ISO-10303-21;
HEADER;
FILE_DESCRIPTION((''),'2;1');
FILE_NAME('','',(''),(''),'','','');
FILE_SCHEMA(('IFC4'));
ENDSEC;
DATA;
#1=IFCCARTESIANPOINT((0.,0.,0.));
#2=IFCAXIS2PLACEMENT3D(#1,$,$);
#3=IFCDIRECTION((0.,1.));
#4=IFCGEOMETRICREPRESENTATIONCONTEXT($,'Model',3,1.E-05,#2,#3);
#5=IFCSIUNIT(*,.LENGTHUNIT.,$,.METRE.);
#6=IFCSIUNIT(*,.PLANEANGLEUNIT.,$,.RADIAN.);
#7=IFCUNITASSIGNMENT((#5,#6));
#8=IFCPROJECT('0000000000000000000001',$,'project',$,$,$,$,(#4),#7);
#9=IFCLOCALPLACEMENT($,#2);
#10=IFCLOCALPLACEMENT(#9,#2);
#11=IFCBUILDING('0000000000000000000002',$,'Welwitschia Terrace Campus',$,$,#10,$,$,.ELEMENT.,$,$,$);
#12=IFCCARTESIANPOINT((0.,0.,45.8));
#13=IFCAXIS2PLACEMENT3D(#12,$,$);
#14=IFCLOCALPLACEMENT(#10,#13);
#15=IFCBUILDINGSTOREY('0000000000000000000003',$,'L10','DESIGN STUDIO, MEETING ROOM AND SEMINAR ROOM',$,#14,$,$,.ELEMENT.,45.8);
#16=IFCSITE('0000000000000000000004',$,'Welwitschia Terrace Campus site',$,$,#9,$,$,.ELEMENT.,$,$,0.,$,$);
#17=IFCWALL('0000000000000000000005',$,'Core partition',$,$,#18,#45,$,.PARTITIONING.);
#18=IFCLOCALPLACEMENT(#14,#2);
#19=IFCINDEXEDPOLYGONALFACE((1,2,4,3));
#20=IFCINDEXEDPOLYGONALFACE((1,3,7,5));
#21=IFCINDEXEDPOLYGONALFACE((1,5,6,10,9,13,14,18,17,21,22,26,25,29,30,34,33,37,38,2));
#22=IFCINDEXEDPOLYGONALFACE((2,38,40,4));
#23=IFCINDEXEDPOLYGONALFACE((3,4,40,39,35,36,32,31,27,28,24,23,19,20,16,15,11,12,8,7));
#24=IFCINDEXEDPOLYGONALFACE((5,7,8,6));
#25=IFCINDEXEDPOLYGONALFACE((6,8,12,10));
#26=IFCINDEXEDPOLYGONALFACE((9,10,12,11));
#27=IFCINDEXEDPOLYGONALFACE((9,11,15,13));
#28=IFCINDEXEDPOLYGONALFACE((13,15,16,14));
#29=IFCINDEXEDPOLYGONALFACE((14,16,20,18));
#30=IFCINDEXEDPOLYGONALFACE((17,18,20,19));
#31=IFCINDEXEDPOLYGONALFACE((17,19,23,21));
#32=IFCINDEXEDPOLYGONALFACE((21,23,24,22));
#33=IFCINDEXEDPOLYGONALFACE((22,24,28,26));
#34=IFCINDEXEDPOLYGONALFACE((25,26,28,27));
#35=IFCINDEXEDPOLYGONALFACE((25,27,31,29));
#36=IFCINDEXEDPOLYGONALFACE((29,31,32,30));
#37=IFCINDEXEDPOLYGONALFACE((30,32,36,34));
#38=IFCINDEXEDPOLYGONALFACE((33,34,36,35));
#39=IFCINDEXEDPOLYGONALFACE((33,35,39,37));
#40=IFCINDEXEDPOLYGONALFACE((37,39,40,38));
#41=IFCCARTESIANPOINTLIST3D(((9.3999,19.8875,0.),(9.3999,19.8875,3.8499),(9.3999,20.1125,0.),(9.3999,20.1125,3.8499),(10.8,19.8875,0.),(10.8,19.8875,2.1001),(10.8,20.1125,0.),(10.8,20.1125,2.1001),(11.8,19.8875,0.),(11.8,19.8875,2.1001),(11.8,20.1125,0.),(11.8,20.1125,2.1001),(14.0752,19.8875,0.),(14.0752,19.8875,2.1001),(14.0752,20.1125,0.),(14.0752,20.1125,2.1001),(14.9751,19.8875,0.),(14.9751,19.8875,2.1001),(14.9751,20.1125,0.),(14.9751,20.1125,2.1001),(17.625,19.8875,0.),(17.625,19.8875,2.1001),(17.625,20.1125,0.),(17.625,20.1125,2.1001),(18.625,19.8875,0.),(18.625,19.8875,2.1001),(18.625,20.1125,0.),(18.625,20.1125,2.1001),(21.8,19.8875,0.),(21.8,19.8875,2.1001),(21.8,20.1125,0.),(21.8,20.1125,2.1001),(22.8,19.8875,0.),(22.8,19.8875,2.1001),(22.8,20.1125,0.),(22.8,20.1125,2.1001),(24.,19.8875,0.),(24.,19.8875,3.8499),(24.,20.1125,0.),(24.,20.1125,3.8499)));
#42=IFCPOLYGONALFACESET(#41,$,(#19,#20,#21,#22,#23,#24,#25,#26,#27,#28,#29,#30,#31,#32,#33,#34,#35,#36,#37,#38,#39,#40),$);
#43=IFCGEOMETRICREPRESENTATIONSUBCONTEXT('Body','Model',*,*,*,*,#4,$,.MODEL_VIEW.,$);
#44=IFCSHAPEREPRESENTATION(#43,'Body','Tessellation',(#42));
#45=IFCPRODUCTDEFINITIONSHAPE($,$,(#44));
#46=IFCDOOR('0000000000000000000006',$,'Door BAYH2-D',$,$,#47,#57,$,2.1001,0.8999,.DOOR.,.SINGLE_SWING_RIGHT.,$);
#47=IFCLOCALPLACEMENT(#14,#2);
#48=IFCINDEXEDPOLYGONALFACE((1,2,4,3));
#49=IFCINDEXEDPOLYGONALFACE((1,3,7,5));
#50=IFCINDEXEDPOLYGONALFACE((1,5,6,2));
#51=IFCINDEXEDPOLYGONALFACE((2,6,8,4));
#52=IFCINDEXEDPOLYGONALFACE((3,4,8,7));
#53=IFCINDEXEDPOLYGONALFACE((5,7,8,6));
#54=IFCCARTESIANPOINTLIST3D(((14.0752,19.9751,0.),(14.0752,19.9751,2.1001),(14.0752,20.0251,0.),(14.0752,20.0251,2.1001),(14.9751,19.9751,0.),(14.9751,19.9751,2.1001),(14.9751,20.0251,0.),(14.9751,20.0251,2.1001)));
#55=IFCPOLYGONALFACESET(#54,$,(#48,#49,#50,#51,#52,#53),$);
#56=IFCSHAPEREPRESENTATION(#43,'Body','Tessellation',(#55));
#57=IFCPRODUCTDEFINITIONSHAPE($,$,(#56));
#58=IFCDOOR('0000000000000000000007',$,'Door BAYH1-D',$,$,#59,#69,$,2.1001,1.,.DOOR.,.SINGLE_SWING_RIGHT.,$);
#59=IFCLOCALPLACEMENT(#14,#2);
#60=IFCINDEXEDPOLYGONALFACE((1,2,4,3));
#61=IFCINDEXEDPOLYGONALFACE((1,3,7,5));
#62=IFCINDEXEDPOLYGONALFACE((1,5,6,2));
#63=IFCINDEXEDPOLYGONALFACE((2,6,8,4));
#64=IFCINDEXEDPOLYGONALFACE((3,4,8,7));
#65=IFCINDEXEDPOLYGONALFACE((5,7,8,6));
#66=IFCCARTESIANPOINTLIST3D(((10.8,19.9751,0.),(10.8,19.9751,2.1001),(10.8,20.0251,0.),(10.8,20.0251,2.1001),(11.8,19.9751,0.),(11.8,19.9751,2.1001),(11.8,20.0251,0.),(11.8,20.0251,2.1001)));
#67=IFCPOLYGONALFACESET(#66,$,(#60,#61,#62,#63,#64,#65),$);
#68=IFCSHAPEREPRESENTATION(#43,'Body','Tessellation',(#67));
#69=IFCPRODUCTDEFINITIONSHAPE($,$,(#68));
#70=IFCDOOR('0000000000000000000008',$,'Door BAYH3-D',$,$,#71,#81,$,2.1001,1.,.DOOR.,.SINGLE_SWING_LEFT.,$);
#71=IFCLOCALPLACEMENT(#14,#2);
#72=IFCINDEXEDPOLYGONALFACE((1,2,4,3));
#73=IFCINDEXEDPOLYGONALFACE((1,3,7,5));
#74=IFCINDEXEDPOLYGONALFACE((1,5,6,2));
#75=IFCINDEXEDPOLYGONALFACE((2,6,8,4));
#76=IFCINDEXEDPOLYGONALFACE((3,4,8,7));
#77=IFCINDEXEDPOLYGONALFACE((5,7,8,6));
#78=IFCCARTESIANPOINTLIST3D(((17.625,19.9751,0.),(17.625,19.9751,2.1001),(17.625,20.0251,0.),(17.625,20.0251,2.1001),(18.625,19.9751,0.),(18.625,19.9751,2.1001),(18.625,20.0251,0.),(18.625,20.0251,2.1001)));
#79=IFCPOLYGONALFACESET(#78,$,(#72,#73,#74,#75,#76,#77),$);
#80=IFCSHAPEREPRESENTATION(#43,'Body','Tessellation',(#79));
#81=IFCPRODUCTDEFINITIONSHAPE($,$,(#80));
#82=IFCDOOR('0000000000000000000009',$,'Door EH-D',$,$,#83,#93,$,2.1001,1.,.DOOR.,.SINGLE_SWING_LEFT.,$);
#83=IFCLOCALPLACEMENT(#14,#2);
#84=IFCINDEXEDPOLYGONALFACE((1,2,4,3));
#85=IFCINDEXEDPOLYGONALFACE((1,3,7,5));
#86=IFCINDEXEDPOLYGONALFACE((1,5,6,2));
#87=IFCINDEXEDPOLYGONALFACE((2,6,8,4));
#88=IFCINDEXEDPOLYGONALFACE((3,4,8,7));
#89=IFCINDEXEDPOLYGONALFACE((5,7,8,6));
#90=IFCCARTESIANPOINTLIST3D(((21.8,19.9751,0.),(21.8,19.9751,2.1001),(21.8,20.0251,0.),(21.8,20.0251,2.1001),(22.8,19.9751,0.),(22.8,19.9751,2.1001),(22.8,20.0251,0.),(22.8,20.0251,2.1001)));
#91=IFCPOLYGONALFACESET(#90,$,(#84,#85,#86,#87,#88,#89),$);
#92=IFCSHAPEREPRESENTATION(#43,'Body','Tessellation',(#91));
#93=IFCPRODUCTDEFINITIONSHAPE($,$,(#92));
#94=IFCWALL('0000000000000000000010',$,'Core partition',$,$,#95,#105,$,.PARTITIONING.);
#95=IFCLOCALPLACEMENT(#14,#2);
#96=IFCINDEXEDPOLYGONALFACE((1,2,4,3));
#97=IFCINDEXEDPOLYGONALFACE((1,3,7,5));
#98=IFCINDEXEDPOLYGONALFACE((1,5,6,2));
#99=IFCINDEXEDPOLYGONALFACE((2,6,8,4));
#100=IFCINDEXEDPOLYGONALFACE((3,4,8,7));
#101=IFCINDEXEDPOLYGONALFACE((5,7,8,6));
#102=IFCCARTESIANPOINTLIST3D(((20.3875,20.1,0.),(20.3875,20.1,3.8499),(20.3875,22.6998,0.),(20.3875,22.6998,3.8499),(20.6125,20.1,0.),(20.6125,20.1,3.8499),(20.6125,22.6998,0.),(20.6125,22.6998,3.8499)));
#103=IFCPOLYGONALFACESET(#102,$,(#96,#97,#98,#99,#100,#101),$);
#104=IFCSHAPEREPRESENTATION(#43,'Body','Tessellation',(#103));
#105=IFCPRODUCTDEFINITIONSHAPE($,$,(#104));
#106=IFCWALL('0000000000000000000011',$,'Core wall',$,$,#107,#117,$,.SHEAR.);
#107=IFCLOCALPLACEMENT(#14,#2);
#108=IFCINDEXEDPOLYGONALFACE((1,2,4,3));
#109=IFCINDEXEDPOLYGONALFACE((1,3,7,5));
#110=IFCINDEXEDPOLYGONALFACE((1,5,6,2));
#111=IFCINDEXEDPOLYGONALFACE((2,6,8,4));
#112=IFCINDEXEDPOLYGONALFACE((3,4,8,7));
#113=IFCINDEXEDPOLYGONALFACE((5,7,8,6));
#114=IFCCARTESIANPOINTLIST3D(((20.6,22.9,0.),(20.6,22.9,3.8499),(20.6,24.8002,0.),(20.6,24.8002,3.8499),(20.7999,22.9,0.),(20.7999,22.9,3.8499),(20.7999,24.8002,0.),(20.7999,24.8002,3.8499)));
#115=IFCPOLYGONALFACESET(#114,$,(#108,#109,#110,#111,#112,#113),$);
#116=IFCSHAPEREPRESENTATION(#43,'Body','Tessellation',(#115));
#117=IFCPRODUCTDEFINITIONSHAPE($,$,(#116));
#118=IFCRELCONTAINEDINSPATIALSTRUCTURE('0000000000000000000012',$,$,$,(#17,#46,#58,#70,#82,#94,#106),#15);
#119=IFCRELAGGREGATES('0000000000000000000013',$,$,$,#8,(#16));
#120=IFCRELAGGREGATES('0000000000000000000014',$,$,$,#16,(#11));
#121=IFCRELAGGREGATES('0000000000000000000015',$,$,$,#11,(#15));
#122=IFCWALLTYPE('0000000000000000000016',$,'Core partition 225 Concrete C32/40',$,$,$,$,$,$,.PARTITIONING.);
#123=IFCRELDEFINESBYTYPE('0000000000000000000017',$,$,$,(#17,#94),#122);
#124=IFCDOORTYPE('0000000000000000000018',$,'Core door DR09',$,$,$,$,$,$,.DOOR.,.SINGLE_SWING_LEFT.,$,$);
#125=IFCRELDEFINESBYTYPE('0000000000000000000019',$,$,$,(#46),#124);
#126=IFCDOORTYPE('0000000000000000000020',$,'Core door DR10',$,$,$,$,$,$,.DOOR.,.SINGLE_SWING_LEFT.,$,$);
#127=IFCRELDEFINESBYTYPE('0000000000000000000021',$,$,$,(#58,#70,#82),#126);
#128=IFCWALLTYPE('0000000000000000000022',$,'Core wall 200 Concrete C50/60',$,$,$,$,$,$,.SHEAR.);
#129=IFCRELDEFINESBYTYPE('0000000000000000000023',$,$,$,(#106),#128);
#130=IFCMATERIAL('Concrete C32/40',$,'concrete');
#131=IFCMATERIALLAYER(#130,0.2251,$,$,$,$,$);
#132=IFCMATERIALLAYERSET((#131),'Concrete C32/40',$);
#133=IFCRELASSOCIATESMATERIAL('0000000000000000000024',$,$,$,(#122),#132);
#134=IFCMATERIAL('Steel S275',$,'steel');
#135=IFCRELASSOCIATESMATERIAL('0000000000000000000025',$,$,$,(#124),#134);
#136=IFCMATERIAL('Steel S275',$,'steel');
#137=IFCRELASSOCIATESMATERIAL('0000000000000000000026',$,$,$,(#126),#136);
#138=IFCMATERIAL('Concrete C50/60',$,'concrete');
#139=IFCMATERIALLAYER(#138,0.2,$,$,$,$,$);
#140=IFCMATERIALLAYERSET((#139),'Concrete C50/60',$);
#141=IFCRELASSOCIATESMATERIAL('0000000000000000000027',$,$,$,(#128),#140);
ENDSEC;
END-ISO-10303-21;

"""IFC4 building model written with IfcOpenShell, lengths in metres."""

from ifc_helpers import new_model, si_unit, direction, frame, frame_2d, origin, place, context, subcontext, project, spatial, rectangle, extrude, material, layer, layer_set, type_object, element, fill, save


model = new_model("IFC4")

# Units and contexts
model_context = context("Model", 3, precision=1e-05, world=origin(), true_north=direction((0.0, 1.0)))
body_context = subcontext(model_context, "Body", "Model", "MODEL_VIEW")
ifc_project = project(units=[si_unit("LENGTHUNIT", "METRE"), si_unit("PLANEANGLEUNIT", "RADIAN")], contexts=[model_context])

# Site, building, storey
site_placement = place(None, origin())
site = spatial("IfcSite", under=ifc_project, at=site_placement, Name="Welwitschia Terrace Campus site", CompositionType="ELEMENT", RefElevation=0.0)
building_placement = place(site_placement, origin())
building = spatial("IfcBuilding", under=site, at=building_placement, Name="Welwitschia Terrace Campus", CompositionType="ELEMENT")
storey_placement = place(building_placement, frame((0.0, 0.0, 45.8)))
storey = spatial("IfcBuildingStorey", under=building, at=storey_placement, Name="L10", Description="DESIGN STUDIO, MEETING ROOM AND SEMINAR ROOM", CompositionType="ELEMENT", Elevation=45.8)

# Wall, openings, doors
ifc_material_1 = material(Name="Concrete C32/40", Category="concrete")
ifc_layer_1 = layer(ifc_material_1, 0.2251)
ifc_layer_set_1 = layer_set([ifc_layer_1], Name="Concrete C32/40")
wall_type_1 = type_object("IfcWallType", Name="Core partition 225 Concrete C32/40", PredefinedType="PARTITIONING", material=ifc_layer_set_1)
wall_1_placement = place(storey_placement, frame((24.0, 20.0, 0.0), z_axis=(0.0, 0.0, 1.0), x_axis=(-1.0, 0.0, 0.0)))
wall_1 = element("IfcWall", 1, at=wall_1_placement, inside=storey, type_object=wall_type_1, Name="Core partition", PredefinedType="PARTITIONING", context=body_context, shape_type="SweptSolid", body=[
    extrude(rectangle(XDim=14.6001, YDim=0.2251, at=frame_2d((7.3, 0.0))), origin(), (0.0, 0.0, 1.0), 3.8499),
])
opening_1_placement = place(wall_1_placement, frame((12.2, 0.0, 0.0)))
opening_1 = element("IfcOpeningElement", 2, at=opening_1_placement, cuts=wall_1, PredefinedType="OPENING", context=body_context, shape_type="SweptSolid", body=[
    extrude(rectangle(XDim=1.0, YDim=2.1001, at=frame_2d((0.5, 1.05))), frame((0.0, 0.1226, 0.0), z_axis=(0.0, -1.0, 0.0), x_axis=(1.0, 0.0, 0.0)), (0.0, 0.0, 1.0), 0.2451),
])
opening_2_placement = place(wall_1_placement, frame((9.0249, 0.0, 0.0)))
opening_2 = element("IfcOpeningElement", 3, at=opening_2_placement, cuts=wall_1, PredefinedType="OPENING", context=body_context, shape_type="SweptSolid", body=[
    extrude(rectangle(XDim=0.8999, YDim=2.1001, at=frame_2d((0.45, 1.05))), frame((0.0, 0.1226, 0.0), z_axis=(0.0, -1.0, 0.0), x_axis=(1.0, 0.0, 0.0)), (0.0, 0.0, 1.0), 0.2451),
])
opening_3_placement = place(wall_1_placement, frame((5.375, 0.0, 0.0)))
opening_3 = element("IfcOpeningElement", 4, at=opening_3_placement, cuts=wall_1, PredefinedType="OPENING", context=body_context, shape_type="SweptSolid", body=[
    extrude(rectangle(XDim=1.0, YDim=2.1001, at=frame_2d((0.5, 1.05))), frame((0.0, 0.1226, 0.0), z_axis=(0.0, -1.0, 0.0), x_axis=(1.0, 0.0, 0.0)), (0.0, 0.0, 1.0), 0.2451),
])
opening_4_placement = place(wall_1_placement, frame((1.2, 0.0, 0.0)))
opening_4 = element("IfcOpeningElement", 5, at=opening_4_placement, cuts=wall_1, PredefinedType="OPENING", context=body_context, shape_type="SweptSolid", body=[
    extrude(rectangle(XDim=1.0, YDim=2.1001, at=frame_2d((0.5, 1.05))), frame((0.0, 0.1226, 0.0), z_axis=(0.0, -1.0, 0.0), x_axis=(1.0, 0.0, 0.0)), (0.0, 0.0, 1.0), 0.2451),
])
ifc_material_2 = material(Name="Steel S275", Category="steel")
door_type_1 = type_object("IfcDoorType", Name="Core door DR09", OperationType="SINGLE_SWING_LEFT", PredefinedType="DOOR", material=ifc_material_2)
door_1_placement = place(opening_2_placement, origin())
door_1 = element("IfcDoor", 6, at=door_1_placement, inside=storey, type_object=door_type_1, Name="Door BAYH2-D", OperationType="SINGLE_SWING_RIGHT", OverallHeight=2.1001, OverallWidth=0.8999, PredefinedType="DOOR", context=body_context, shape_type="SweptSolid", body=[
    extrude(rectangle(XDim=0.8999, YDim=2.1001, at=frame_2d((0.45, 1.05))), frame((0.0, 0.0249, 0.0), z_axis=(0.0, -1.0, 0.0), x_axis=(1.0, 0.0, 0.0)), (0.0, 0.0, 1.0), 0.05),
])
fill(opening_2, door_1)
ifc_material_3 = material(Name="Steel S275", Category="steel")
door_type_2 = type_object("IfcDoorType", Name="Core door DR10", OperationType="SINGLE_SWING_LEFT", PredefinedType="DOOR", material=ifc_material_3)
door_2_placement = place(opening_1_placement, origin())
door_2 = element("IfcDoor", 7, at=door_2_placement, inside=storey, type_object=door_type_2, Name="Door BAYH1-D", OperationType="SINGLE_SWING_RIGHT", OverallHeight=2.1001, OverallWidth=1.0, PredefinedType="DOOR", context=body_context, shape_type="SweptSolid", body=[
    extrude(rectangle(XDim=1.0, YDim=2.1001, at=frame_2d((0.5, 1.05))), frame((0.0, 0.0249, 0.0), z_axis=(0.0, -1.0, 0.0), x_axis=(1.0, 0.0, 0.0)), (0.0, 0.0, 1.0), 0.05),
])
fill(opening_1, door_2)
door_3_placement = place(opening_3_placement, origin())
door_3 = element("IfcDoor", 8, at=door_3_placement, inside=storey, type_object=door_type_2, Name="Door BAYH3-D", OperationType="SINGLE_SWING_LEFT", OverallHeight=2.1001, OverallWidth=1.0, PredefinedType="DOOR", context=body_context, shape_type="SweptSolid", body=[
    extrude(rectangle(XDim=1.0, YDim=2.1001, at=frame_2d((0.5, 1.05))), frame((0.0, 0.0249, 0.0), z_axis=(0.0, -1.0, 0.0), x_axis=(1.0, 0.0, 0.0)), (0.0, 0.0, 1.0), 0.05),
])
fill(opening_3, door_3)
door_4_placement = place(opening_4_placement, origin())
door_4 = element("IfcDoor", 9, at=door_4_placement, inside=storey, type_object=door_type_2, Name="Door EH-D", OperationType="SINGLE_SWING_LEFT", OverallHeight=2.1001, OverallWidth=1.0, PredefinedType="DOOR", context=body_context, shape_type="SweptSolid", body=[
    extrude(rectangle(XDim=1.0, YDim=2.1001, at=frame_2d((0.5, 1.05))), frame((0.0, 0.0249, 0.0), z_axis=(0.0, -1.0, 0.0), x_axis=(1.0, 0.0, 0.0)), (0.0, 0.0, 1.0), 0.05),
])
fill(opening_4, door_4)

# Walls
wall_2_placement = place(storey_placement, frame((20.5, 20.1001, 0.0), z_axis=(0.0, 0.0, 1.0), x_axis=(0.0, 1.0, 0.0)))
element("IfcWall", 10, at=wall_2_placement, inside=storey, type_object=wall_type_1, Name="Core partition", PredefinedType="PARTITIONING", context=body_context, shape_type="SweptSolid", body=[
    extrude(rectangle(XDim=2.5999, YDim=0.2251, at=frame_2d((1.2998, 0.0))), origin(), (0.0, 0.0, 1.0), 3.8499),
])
ifc_material_4 = material(Name="Concrete C50/60", Category="concrete")
ifc_layer_2 = layer(ifc_material_4, 0.2)
ifc_layer_set_2 = layer_set([ifc_layer_2], Name="Concrete C50/60")
wall_type_2 = type_object("IfcWallType", Name="Core wall 200 Concrete C50/60", PredefinedType="SHEAR", material=ifc_layer_set_2)
wall_3_placement = place(storey_placement, frame((20.7, 22.8999, 0.0), z_axis=(0.0, 0.0, 1.0), x_axis=(0.0, 1.0, 0.0)))
element("IfcWall", 11, at=wall_3_placement, inside=storey, type_object=wall_type_2, Name="Core wall", PredefinedType="SHEAR", context=body_context, shape_type="SweptSolid", body=[
    extrude(rectangle(XDim=1.9001, YDim=0.2, at=frame_2d((0.9502, 0.0))), origin(), (0.0, 0.0, 1.0), 3.8499),
])

save(model, "model.ifc")
